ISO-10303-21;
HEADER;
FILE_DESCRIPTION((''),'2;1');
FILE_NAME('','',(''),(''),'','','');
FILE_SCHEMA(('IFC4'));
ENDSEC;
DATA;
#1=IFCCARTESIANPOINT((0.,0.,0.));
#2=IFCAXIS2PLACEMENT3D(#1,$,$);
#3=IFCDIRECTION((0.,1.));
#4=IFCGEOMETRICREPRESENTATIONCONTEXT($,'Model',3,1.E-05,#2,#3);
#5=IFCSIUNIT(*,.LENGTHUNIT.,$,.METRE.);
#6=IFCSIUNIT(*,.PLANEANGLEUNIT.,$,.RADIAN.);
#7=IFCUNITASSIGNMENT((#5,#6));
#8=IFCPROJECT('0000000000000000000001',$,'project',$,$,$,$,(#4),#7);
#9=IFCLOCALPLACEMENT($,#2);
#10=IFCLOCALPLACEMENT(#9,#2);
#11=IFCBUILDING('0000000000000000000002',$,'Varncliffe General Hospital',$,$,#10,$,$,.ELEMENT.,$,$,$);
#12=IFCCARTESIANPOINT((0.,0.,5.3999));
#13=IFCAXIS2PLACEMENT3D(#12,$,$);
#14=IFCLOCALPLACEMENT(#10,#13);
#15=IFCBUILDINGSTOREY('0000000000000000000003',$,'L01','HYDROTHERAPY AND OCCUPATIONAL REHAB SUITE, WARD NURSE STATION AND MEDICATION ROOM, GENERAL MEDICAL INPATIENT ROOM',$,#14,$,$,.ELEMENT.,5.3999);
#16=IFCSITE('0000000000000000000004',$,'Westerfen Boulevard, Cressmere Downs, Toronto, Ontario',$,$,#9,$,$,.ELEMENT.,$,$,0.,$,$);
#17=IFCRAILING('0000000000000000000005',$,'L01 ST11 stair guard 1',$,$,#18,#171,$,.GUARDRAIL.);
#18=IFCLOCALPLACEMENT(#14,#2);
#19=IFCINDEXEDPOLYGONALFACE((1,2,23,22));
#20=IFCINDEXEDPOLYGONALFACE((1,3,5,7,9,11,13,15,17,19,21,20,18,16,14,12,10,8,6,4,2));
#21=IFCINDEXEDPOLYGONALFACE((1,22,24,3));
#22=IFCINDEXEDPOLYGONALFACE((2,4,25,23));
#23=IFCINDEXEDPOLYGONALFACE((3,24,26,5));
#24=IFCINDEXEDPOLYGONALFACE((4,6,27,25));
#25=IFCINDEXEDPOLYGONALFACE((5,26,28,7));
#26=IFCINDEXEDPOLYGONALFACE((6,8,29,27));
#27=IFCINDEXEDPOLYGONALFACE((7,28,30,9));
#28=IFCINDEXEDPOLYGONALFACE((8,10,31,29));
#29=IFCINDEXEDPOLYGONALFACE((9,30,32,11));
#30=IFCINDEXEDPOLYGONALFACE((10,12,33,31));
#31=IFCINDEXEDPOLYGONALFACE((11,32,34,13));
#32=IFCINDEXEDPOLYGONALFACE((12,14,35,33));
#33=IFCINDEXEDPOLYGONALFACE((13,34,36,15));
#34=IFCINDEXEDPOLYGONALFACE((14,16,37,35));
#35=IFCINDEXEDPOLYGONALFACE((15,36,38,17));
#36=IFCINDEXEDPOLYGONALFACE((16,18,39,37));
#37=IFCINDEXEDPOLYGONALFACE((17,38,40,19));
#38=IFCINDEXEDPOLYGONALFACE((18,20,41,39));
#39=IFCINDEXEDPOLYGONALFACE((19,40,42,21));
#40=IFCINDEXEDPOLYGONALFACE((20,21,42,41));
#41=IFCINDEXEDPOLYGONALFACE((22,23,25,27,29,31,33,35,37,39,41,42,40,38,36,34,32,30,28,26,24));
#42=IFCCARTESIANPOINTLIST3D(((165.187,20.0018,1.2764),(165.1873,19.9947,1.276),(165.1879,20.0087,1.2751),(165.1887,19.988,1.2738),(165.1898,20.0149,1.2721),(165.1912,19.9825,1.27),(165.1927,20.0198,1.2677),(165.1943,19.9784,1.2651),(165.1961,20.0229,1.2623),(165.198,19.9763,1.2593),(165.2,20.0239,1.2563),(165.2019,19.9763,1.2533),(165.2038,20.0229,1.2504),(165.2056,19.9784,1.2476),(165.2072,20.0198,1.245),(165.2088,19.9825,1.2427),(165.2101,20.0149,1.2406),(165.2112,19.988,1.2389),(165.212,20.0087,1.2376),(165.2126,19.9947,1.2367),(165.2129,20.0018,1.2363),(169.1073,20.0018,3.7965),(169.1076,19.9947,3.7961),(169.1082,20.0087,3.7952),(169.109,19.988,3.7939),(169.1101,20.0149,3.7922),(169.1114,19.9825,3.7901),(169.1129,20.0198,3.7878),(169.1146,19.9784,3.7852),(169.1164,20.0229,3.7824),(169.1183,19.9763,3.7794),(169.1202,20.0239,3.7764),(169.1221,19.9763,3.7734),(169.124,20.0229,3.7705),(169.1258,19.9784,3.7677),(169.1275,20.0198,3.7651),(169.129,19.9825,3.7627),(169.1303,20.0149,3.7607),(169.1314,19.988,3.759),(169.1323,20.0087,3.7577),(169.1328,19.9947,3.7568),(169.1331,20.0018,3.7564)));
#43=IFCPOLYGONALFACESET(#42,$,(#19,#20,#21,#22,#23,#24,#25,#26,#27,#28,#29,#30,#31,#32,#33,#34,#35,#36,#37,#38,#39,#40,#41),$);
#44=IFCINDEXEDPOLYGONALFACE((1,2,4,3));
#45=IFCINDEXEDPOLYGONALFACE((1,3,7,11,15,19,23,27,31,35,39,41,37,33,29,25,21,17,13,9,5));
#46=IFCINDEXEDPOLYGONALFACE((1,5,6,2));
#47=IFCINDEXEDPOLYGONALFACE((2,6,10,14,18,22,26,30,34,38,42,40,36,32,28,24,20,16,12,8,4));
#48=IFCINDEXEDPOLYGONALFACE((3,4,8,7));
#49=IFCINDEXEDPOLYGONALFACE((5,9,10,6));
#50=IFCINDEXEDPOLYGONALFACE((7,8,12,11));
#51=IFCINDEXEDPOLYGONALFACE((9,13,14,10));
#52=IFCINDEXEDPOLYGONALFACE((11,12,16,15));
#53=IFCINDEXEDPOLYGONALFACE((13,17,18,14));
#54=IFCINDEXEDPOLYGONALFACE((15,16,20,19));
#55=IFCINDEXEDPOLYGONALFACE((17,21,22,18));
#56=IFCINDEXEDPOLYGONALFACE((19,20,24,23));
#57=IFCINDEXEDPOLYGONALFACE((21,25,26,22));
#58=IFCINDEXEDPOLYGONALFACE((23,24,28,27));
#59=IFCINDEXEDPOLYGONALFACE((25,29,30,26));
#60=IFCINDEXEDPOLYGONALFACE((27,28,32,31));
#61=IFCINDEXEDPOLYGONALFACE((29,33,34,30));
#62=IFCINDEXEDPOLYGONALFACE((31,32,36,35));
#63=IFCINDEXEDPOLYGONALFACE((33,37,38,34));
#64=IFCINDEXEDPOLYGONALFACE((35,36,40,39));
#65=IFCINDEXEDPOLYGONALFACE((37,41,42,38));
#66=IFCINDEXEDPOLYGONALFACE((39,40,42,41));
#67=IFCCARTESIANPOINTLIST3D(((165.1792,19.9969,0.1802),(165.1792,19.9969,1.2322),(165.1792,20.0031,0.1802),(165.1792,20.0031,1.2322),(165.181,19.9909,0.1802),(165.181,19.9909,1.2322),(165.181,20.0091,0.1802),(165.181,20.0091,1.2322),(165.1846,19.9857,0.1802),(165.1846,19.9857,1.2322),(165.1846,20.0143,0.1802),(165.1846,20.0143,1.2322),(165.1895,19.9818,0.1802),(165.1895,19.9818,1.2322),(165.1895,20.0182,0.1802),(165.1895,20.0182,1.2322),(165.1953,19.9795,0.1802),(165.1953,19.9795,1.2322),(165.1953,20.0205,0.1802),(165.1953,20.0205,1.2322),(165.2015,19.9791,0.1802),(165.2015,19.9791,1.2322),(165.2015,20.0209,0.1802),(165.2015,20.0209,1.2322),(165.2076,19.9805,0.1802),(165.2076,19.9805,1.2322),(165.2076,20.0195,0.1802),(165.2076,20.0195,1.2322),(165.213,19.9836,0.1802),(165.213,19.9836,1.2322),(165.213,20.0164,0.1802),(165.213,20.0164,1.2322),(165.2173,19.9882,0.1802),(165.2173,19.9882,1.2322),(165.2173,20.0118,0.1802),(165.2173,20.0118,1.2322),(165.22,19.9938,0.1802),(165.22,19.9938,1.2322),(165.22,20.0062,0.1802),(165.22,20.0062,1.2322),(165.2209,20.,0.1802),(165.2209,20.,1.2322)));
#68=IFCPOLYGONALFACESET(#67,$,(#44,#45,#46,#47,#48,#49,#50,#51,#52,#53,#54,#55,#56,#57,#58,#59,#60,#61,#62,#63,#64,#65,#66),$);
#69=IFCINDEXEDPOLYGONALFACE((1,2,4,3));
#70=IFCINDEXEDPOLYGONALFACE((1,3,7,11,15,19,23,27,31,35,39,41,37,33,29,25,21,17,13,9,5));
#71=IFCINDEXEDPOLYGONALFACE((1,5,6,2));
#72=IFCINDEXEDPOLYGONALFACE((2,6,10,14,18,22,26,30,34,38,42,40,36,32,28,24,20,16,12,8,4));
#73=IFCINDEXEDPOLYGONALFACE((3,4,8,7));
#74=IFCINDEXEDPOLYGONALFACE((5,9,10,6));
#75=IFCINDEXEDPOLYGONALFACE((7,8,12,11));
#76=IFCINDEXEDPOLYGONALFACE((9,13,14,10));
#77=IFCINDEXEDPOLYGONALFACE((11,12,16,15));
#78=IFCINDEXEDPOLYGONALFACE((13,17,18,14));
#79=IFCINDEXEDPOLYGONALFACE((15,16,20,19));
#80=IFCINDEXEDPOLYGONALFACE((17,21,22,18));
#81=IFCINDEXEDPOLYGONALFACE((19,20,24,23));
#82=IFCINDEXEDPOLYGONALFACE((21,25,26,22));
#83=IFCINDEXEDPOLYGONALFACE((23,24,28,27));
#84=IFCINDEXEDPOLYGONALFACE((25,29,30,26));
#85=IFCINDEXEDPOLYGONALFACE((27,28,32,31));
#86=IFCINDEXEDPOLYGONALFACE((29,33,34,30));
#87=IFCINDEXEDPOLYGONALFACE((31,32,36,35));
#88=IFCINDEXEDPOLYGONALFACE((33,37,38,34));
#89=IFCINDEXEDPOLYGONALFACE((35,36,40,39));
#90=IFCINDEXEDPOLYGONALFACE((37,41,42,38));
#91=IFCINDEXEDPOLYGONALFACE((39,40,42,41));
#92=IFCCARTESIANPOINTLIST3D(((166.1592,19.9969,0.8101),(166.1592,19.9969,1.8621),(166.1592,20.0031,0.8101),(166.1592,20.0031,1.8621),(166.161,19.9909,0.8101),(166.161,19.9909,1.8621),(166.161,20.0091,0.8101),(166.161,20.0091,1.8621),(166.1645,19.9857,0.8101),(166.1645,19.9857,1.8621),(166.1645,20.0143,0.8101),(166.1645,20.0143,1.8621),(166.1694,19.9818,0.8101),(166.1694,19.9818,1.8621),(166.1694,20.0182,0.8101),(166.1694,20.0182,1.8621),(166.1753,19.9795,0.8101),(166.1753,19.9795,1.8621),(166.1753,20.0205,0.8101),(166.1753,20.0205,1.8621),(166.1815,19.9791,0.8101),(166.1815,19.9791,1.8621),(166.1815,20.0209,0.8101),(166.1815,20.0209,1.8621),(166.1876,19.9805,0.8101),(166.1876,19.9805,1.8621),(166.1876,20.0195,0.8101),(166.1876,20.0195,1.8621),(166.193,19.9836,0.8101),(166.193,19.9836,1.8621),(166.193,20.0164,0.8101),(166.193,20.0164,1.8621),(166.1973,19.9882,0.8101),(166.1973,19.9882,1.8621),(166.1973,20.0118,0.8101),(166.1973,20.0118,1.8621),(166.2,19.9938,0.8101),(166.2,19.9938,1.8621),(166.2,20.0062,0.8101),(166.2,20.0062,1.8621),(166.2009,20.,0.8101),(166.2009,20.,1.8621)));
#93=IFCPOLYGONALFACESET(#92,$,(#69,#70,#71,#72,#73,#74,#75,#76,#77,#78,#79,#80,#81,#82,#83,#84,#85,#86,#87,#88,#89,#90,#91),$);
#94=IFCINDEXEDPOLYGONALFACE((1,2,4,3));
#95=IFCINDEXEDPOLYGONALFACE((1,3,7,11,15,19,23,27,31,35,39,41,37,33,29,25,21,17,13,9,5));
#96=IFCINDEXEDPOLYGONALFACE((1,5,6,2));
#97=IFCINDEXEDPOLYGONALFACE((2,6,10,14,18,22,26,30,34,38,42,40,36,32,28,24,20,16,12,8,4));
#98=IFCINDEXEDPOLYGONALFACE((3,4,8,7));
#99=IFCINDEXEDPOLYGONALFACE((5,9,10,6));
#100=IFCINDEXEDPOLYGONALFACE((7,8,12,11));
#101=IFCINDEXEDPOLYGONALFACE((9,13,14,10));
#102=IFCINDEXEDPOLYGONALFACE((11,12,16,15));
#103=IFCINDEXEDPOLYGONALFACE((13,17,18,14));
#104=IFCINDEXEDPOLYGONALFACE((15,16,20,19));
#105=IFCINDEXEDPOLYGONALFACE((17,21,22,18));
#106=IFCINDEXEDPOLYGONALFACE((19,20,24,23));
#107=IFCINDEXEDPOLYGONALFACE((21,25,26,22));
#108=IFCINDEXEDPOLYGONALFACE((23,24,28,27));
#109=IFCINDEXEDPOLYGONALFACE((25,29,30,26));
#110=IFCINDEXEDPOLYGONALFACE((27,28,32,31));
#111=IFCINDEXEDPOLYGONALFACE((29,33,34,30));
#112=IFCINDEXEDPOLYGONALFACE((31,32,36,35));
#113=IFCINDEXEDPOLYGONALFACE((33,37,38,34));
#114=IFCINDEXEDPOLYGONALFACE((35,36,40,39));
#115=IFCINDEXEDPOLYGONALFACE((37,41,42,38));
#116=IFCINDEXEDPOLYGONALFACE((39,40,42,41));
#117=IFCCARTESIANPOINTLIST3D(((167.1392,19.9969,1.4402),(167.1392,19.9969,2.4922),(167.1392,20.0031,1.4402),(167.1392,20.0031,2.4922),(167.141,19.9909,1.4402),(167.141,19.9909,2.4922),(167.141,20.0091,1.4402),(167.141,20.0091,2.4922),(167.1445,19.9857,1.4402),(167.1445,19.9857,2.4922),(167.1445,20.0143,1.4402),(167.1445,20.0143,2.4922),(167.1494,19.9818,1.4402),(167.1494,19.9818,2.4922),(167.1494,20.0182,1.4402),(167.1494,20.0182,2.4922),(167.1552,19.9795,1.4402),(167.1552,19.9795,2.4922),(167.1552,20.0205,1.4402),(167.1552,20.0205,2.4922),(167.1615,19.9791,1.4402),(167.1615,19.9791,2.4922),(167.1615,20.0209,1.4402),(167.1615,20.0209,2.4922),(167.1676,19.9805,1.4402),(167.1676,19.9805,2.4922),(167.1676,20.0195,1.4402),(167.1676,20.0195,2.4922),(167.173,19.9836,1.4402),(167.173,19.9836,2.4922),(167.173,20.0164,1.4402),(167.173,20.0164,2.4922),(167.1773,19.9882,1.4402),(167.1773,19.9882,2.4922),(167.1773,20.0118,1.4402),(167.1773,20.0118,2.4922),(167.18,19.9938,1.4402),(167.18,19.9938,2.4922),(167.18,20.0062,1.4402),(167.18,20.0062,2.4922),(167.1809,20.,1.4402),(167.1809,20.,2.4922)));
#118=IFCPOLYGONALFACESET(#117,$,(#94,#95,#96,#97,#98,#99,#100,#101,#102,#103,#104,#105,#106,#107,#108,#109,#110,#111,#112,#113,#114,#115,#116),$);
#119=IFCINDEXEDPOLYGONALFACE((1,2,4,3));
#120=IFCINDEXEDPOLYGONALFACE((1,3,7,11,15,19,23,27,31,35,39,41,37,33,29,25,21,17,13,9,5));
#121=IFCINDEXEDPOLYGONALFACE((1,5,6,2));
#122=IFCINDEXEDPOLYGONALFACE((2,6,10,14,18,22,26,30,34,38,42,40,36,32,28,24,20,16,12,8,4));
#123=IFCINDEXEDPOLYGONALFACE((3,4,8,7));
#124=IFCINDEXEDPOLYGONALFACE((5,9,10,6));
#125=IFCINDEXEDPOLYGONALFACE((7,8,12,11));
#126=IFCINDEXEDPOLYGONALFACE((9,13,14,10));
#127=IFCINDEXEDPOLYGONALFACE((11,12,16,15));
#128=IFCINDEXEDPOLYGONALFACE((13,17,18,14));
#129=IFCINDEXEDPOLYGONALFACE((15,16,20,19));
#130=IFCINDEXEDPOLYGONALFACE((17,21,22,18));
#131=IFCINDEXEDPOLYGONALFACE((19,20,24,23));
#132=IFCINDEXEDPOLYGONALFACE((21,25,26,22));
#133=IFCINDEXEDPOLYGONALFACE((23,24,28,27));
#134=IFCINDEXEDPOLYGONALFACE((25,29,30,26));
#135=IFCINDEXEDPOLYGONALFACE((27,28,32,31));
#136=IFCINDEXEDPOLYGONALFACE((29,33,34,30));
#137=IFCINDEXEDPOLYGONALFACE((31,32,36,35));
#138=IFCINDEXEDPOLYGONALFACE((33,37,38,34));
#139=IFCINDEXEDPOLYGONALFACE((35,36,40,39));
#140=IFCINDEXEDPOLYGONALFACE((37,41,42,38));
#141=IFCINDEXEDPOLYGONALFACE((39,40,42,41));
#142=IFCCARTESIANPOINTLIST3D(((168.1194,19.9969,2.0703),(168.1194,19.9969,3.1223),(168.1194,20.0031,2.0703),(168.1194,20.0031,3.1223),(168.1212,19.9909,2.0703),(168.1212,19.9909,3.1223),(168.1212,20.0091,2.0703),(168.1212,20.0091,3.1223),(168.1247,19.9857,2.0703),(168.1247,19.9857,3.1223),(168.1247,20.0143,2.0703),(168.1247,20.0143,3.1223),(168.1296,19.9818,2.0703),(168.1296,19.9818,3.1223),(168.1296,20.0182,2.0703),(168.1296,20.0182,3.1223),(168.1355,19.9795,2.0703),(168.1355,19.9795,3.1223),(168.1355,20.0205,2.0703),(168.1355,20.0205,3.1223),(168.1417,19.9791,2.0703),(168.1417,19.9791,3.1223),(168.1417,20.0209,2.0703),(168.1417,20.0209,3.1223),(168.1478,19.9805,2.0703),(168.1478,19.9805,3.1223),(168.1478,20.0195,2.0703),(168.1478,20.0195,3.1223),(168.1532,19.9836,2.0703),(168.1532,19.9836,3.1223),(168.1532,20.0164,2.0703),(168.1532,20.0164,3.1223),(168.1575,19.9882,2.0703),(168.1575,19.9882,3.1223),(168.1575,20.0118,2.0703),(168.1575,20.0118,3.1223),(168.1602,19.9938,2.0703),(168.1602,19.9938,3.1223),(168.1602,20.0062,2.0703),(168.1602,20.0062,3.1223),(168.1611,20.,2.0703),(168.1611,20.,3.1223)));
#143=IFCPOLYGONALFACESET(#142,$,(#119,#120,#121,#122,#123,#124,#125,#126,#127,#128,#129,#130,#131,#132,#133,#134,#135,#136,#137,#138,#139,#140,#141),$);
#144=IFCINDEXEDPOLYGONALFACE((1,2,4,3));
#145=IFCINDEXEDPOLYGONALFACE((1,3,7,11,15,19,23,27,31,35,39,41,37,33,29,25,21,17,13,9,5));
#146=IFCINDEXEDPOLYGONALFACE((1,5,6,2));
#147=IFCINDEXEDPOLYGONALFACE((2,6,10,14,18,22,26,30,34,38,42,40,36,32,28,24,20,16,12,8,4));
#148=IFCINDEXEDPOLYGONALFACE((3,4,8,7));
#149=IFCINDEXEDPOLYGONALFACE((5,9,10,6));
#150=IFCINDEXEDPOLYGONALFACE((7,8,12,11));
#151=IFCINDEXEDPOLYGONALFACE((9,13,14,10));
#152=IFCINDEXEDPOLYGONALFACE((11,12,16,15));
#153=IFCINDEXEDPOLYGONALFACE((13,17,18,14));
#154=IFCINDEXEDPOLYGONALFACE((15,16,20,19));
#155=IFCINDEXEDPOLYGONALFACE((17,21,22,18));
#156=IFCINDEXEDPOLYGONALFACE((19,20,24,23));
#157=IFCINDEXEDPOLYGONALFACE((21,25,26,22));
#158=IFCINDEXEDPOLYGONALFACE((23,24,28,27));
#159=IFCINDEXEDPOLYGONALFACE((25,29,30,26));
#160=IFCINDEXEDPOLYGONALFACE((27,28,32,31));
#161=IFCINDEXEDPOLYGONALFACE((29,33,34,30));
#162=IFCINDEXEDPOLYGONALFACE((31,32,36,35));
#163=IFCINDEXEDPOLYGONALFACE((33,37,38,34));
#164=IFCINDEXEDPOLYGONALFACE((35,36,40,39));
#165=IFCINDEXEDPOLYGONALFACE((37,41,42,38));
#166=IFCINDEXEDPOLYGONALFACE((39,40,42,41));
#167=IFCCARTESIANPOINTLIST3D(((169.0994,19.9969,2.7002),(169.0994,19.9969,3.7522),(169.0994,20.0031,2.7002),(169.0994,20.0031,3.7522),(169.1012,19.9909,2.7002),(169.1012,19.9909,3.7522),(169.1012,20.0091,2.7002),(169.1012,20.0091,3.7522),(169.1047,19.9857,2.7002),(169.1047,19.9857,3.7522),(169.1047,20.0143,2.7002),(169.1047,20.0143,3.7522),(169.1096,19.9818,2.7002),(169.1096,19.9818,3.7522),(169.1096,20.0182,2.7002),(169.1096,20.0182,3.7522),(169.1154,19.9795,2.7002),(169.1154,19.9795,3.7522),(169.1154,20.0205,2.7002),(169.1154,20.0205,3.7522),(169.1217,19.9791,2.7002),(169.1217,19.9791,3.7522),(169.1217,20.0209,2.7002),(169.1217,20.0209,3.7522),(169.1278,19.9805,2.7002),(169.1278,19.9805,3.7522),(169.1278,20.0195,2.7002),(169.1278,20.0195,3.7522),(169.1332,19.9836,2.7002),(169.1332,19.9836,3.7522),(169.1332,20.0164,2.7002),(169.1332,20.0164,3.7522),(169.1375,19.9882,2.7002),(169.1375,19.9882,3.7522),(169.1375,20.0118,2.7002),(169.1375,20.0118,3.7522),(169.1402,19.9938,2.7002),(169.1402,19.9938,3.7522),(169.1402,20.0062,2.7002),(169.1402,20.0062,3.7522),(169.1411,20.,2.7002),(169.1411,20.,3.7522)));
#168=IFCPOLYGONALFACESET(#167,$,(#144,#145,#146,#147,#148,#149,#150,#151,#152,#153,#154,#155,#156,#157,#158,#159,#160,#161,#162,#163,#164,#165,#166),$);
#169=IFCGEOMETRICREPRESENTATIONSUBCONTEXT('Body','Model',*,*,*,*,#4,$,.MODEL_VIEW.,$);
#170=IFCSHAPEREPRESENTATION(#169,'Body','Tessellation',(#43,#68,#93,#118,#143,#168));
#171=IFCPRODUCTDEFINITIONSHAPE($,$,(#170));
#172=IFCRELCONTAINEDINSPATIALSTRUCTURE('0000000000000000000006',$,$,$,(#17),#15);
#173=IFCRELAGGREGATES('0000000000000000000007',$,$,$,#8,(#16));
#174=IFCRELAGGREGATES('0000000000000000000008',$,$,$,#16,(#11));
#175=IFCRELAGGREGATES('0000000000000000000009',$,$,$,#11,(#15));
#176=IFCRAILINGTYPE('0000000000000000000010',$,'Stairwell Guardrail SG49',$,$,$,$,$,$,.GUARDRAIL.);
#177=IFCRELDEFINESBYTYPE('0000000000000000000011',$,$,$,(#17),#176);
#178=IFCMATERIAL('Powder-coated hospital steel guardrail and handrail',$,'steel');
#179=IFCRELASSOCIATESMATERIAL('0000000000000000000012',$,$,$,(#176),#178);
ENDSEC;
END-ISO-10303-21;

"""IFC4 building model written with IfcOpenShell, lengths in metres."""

from ifc_helpers import new_model, si_unit, direction, frame, origin, origin_2d, place, context, subcontext, project, spatial, circle, extrude, material, type_object, element, save


model = new_model("IFC4")

# Units and contexts
model_context = context("Model", 3, precision=1e-05, world=origin(), true_north=direction((0.0, 1.0)))
body_context = subcontext(model_context, "Body", "Model", "MODEL_VIEW")
ifc_project = project(units=[si_unit("LENGTHUNIT", "METRE"), si_unit("PLANEANGLEUNIT", "RADIAN")], contexts=[model_context])

# Site, building, storey
site_placement = place(None, origin())
site = spatial("IfcSite", under=ifc_project, at=site_placement, Name="Westerfen Boulevard, Cressmere Downs, Toronto, Ontario", CompositionType="ELEMENT", RefElevation=0.0)
building_placement = place(site_placement, origin())
building = spatial("IfcBuilding", under=site, at=building_placement, Name="Varncliffe General Hospital", CompositionType="ELEMENT")
storey_placement = place(building_placement, frame((0.0, 0.0, 5.3999)))
storey = spatial("IfcBuildingStorey", under=building, at=storey_placement, Name="L01", Description="HYDROTHERAPY AND OCCUPATIONAL REHAB SUITE, WARD NURSE STATION AND MEDICATION ROOM, GENERAL MEDICAL INPATIENT ROOM", CompositionType="ELEMENT", Elevation=5.3999)

# Railing
ifc_material_1 = material(Name="Powder-coated hospital steel guardrail and handrail", Category="steel")
railing_type_1 = type_object("IfcRailingType", Name="Stairwell Guardrail SG49", PredefinedType="GUARDRAIL", material=ifc_material_1)
railing_1_placement = place(storey_placement, frame((165.2, 20.0, 0.1802)))
element("IfcRailing", 1, at=railing_1_placement, inside=storey, type_object=railing_type_1, Name="L01 ST11 stair guard 1", PredefinedType="GUARDRAIL", context=body_context, shape_type="SweptSolid", body=[
    extrude(circle(Radius=0.0239, at=origin_2d()), frame((0.0, 0.0, 1.0762), z_axis=(0.841187, 0.0, 0.540744), x_axis=(0.0, 1.0, 0.0)), (0.0, 0.0, 1.0), 4.6604),
    extrude(circle(Radius=0.021, at=origin_2d()), origin(), (0.0, 0.0, 1.0), 1.052),
    extrude(circle(Radius=0.021, at=origin_2d()), frame((0.98, 0.0, 0.6299)), (0.0, 0.0, 1.0), 1.052),
    extrude(circle(Radius=0.021, at=origin_2d()), frame((1.96, 0.0, 1.26)), (0.0, 0.0, 1.0), 1.052),
    extrude(circle(Radius=0.021, at=origin_2d()), frame((2.9402, 0.0, 1.8901)), (0.0, 0.0, 1.0), 1.052),
    extrude(circle(Radius=0.021, at=origin_2d()), frame((3.9202, 0.0, 2.52)), (0.0, 0.0, 1.0), 1.052),
])

save(model, "model.ifc")
